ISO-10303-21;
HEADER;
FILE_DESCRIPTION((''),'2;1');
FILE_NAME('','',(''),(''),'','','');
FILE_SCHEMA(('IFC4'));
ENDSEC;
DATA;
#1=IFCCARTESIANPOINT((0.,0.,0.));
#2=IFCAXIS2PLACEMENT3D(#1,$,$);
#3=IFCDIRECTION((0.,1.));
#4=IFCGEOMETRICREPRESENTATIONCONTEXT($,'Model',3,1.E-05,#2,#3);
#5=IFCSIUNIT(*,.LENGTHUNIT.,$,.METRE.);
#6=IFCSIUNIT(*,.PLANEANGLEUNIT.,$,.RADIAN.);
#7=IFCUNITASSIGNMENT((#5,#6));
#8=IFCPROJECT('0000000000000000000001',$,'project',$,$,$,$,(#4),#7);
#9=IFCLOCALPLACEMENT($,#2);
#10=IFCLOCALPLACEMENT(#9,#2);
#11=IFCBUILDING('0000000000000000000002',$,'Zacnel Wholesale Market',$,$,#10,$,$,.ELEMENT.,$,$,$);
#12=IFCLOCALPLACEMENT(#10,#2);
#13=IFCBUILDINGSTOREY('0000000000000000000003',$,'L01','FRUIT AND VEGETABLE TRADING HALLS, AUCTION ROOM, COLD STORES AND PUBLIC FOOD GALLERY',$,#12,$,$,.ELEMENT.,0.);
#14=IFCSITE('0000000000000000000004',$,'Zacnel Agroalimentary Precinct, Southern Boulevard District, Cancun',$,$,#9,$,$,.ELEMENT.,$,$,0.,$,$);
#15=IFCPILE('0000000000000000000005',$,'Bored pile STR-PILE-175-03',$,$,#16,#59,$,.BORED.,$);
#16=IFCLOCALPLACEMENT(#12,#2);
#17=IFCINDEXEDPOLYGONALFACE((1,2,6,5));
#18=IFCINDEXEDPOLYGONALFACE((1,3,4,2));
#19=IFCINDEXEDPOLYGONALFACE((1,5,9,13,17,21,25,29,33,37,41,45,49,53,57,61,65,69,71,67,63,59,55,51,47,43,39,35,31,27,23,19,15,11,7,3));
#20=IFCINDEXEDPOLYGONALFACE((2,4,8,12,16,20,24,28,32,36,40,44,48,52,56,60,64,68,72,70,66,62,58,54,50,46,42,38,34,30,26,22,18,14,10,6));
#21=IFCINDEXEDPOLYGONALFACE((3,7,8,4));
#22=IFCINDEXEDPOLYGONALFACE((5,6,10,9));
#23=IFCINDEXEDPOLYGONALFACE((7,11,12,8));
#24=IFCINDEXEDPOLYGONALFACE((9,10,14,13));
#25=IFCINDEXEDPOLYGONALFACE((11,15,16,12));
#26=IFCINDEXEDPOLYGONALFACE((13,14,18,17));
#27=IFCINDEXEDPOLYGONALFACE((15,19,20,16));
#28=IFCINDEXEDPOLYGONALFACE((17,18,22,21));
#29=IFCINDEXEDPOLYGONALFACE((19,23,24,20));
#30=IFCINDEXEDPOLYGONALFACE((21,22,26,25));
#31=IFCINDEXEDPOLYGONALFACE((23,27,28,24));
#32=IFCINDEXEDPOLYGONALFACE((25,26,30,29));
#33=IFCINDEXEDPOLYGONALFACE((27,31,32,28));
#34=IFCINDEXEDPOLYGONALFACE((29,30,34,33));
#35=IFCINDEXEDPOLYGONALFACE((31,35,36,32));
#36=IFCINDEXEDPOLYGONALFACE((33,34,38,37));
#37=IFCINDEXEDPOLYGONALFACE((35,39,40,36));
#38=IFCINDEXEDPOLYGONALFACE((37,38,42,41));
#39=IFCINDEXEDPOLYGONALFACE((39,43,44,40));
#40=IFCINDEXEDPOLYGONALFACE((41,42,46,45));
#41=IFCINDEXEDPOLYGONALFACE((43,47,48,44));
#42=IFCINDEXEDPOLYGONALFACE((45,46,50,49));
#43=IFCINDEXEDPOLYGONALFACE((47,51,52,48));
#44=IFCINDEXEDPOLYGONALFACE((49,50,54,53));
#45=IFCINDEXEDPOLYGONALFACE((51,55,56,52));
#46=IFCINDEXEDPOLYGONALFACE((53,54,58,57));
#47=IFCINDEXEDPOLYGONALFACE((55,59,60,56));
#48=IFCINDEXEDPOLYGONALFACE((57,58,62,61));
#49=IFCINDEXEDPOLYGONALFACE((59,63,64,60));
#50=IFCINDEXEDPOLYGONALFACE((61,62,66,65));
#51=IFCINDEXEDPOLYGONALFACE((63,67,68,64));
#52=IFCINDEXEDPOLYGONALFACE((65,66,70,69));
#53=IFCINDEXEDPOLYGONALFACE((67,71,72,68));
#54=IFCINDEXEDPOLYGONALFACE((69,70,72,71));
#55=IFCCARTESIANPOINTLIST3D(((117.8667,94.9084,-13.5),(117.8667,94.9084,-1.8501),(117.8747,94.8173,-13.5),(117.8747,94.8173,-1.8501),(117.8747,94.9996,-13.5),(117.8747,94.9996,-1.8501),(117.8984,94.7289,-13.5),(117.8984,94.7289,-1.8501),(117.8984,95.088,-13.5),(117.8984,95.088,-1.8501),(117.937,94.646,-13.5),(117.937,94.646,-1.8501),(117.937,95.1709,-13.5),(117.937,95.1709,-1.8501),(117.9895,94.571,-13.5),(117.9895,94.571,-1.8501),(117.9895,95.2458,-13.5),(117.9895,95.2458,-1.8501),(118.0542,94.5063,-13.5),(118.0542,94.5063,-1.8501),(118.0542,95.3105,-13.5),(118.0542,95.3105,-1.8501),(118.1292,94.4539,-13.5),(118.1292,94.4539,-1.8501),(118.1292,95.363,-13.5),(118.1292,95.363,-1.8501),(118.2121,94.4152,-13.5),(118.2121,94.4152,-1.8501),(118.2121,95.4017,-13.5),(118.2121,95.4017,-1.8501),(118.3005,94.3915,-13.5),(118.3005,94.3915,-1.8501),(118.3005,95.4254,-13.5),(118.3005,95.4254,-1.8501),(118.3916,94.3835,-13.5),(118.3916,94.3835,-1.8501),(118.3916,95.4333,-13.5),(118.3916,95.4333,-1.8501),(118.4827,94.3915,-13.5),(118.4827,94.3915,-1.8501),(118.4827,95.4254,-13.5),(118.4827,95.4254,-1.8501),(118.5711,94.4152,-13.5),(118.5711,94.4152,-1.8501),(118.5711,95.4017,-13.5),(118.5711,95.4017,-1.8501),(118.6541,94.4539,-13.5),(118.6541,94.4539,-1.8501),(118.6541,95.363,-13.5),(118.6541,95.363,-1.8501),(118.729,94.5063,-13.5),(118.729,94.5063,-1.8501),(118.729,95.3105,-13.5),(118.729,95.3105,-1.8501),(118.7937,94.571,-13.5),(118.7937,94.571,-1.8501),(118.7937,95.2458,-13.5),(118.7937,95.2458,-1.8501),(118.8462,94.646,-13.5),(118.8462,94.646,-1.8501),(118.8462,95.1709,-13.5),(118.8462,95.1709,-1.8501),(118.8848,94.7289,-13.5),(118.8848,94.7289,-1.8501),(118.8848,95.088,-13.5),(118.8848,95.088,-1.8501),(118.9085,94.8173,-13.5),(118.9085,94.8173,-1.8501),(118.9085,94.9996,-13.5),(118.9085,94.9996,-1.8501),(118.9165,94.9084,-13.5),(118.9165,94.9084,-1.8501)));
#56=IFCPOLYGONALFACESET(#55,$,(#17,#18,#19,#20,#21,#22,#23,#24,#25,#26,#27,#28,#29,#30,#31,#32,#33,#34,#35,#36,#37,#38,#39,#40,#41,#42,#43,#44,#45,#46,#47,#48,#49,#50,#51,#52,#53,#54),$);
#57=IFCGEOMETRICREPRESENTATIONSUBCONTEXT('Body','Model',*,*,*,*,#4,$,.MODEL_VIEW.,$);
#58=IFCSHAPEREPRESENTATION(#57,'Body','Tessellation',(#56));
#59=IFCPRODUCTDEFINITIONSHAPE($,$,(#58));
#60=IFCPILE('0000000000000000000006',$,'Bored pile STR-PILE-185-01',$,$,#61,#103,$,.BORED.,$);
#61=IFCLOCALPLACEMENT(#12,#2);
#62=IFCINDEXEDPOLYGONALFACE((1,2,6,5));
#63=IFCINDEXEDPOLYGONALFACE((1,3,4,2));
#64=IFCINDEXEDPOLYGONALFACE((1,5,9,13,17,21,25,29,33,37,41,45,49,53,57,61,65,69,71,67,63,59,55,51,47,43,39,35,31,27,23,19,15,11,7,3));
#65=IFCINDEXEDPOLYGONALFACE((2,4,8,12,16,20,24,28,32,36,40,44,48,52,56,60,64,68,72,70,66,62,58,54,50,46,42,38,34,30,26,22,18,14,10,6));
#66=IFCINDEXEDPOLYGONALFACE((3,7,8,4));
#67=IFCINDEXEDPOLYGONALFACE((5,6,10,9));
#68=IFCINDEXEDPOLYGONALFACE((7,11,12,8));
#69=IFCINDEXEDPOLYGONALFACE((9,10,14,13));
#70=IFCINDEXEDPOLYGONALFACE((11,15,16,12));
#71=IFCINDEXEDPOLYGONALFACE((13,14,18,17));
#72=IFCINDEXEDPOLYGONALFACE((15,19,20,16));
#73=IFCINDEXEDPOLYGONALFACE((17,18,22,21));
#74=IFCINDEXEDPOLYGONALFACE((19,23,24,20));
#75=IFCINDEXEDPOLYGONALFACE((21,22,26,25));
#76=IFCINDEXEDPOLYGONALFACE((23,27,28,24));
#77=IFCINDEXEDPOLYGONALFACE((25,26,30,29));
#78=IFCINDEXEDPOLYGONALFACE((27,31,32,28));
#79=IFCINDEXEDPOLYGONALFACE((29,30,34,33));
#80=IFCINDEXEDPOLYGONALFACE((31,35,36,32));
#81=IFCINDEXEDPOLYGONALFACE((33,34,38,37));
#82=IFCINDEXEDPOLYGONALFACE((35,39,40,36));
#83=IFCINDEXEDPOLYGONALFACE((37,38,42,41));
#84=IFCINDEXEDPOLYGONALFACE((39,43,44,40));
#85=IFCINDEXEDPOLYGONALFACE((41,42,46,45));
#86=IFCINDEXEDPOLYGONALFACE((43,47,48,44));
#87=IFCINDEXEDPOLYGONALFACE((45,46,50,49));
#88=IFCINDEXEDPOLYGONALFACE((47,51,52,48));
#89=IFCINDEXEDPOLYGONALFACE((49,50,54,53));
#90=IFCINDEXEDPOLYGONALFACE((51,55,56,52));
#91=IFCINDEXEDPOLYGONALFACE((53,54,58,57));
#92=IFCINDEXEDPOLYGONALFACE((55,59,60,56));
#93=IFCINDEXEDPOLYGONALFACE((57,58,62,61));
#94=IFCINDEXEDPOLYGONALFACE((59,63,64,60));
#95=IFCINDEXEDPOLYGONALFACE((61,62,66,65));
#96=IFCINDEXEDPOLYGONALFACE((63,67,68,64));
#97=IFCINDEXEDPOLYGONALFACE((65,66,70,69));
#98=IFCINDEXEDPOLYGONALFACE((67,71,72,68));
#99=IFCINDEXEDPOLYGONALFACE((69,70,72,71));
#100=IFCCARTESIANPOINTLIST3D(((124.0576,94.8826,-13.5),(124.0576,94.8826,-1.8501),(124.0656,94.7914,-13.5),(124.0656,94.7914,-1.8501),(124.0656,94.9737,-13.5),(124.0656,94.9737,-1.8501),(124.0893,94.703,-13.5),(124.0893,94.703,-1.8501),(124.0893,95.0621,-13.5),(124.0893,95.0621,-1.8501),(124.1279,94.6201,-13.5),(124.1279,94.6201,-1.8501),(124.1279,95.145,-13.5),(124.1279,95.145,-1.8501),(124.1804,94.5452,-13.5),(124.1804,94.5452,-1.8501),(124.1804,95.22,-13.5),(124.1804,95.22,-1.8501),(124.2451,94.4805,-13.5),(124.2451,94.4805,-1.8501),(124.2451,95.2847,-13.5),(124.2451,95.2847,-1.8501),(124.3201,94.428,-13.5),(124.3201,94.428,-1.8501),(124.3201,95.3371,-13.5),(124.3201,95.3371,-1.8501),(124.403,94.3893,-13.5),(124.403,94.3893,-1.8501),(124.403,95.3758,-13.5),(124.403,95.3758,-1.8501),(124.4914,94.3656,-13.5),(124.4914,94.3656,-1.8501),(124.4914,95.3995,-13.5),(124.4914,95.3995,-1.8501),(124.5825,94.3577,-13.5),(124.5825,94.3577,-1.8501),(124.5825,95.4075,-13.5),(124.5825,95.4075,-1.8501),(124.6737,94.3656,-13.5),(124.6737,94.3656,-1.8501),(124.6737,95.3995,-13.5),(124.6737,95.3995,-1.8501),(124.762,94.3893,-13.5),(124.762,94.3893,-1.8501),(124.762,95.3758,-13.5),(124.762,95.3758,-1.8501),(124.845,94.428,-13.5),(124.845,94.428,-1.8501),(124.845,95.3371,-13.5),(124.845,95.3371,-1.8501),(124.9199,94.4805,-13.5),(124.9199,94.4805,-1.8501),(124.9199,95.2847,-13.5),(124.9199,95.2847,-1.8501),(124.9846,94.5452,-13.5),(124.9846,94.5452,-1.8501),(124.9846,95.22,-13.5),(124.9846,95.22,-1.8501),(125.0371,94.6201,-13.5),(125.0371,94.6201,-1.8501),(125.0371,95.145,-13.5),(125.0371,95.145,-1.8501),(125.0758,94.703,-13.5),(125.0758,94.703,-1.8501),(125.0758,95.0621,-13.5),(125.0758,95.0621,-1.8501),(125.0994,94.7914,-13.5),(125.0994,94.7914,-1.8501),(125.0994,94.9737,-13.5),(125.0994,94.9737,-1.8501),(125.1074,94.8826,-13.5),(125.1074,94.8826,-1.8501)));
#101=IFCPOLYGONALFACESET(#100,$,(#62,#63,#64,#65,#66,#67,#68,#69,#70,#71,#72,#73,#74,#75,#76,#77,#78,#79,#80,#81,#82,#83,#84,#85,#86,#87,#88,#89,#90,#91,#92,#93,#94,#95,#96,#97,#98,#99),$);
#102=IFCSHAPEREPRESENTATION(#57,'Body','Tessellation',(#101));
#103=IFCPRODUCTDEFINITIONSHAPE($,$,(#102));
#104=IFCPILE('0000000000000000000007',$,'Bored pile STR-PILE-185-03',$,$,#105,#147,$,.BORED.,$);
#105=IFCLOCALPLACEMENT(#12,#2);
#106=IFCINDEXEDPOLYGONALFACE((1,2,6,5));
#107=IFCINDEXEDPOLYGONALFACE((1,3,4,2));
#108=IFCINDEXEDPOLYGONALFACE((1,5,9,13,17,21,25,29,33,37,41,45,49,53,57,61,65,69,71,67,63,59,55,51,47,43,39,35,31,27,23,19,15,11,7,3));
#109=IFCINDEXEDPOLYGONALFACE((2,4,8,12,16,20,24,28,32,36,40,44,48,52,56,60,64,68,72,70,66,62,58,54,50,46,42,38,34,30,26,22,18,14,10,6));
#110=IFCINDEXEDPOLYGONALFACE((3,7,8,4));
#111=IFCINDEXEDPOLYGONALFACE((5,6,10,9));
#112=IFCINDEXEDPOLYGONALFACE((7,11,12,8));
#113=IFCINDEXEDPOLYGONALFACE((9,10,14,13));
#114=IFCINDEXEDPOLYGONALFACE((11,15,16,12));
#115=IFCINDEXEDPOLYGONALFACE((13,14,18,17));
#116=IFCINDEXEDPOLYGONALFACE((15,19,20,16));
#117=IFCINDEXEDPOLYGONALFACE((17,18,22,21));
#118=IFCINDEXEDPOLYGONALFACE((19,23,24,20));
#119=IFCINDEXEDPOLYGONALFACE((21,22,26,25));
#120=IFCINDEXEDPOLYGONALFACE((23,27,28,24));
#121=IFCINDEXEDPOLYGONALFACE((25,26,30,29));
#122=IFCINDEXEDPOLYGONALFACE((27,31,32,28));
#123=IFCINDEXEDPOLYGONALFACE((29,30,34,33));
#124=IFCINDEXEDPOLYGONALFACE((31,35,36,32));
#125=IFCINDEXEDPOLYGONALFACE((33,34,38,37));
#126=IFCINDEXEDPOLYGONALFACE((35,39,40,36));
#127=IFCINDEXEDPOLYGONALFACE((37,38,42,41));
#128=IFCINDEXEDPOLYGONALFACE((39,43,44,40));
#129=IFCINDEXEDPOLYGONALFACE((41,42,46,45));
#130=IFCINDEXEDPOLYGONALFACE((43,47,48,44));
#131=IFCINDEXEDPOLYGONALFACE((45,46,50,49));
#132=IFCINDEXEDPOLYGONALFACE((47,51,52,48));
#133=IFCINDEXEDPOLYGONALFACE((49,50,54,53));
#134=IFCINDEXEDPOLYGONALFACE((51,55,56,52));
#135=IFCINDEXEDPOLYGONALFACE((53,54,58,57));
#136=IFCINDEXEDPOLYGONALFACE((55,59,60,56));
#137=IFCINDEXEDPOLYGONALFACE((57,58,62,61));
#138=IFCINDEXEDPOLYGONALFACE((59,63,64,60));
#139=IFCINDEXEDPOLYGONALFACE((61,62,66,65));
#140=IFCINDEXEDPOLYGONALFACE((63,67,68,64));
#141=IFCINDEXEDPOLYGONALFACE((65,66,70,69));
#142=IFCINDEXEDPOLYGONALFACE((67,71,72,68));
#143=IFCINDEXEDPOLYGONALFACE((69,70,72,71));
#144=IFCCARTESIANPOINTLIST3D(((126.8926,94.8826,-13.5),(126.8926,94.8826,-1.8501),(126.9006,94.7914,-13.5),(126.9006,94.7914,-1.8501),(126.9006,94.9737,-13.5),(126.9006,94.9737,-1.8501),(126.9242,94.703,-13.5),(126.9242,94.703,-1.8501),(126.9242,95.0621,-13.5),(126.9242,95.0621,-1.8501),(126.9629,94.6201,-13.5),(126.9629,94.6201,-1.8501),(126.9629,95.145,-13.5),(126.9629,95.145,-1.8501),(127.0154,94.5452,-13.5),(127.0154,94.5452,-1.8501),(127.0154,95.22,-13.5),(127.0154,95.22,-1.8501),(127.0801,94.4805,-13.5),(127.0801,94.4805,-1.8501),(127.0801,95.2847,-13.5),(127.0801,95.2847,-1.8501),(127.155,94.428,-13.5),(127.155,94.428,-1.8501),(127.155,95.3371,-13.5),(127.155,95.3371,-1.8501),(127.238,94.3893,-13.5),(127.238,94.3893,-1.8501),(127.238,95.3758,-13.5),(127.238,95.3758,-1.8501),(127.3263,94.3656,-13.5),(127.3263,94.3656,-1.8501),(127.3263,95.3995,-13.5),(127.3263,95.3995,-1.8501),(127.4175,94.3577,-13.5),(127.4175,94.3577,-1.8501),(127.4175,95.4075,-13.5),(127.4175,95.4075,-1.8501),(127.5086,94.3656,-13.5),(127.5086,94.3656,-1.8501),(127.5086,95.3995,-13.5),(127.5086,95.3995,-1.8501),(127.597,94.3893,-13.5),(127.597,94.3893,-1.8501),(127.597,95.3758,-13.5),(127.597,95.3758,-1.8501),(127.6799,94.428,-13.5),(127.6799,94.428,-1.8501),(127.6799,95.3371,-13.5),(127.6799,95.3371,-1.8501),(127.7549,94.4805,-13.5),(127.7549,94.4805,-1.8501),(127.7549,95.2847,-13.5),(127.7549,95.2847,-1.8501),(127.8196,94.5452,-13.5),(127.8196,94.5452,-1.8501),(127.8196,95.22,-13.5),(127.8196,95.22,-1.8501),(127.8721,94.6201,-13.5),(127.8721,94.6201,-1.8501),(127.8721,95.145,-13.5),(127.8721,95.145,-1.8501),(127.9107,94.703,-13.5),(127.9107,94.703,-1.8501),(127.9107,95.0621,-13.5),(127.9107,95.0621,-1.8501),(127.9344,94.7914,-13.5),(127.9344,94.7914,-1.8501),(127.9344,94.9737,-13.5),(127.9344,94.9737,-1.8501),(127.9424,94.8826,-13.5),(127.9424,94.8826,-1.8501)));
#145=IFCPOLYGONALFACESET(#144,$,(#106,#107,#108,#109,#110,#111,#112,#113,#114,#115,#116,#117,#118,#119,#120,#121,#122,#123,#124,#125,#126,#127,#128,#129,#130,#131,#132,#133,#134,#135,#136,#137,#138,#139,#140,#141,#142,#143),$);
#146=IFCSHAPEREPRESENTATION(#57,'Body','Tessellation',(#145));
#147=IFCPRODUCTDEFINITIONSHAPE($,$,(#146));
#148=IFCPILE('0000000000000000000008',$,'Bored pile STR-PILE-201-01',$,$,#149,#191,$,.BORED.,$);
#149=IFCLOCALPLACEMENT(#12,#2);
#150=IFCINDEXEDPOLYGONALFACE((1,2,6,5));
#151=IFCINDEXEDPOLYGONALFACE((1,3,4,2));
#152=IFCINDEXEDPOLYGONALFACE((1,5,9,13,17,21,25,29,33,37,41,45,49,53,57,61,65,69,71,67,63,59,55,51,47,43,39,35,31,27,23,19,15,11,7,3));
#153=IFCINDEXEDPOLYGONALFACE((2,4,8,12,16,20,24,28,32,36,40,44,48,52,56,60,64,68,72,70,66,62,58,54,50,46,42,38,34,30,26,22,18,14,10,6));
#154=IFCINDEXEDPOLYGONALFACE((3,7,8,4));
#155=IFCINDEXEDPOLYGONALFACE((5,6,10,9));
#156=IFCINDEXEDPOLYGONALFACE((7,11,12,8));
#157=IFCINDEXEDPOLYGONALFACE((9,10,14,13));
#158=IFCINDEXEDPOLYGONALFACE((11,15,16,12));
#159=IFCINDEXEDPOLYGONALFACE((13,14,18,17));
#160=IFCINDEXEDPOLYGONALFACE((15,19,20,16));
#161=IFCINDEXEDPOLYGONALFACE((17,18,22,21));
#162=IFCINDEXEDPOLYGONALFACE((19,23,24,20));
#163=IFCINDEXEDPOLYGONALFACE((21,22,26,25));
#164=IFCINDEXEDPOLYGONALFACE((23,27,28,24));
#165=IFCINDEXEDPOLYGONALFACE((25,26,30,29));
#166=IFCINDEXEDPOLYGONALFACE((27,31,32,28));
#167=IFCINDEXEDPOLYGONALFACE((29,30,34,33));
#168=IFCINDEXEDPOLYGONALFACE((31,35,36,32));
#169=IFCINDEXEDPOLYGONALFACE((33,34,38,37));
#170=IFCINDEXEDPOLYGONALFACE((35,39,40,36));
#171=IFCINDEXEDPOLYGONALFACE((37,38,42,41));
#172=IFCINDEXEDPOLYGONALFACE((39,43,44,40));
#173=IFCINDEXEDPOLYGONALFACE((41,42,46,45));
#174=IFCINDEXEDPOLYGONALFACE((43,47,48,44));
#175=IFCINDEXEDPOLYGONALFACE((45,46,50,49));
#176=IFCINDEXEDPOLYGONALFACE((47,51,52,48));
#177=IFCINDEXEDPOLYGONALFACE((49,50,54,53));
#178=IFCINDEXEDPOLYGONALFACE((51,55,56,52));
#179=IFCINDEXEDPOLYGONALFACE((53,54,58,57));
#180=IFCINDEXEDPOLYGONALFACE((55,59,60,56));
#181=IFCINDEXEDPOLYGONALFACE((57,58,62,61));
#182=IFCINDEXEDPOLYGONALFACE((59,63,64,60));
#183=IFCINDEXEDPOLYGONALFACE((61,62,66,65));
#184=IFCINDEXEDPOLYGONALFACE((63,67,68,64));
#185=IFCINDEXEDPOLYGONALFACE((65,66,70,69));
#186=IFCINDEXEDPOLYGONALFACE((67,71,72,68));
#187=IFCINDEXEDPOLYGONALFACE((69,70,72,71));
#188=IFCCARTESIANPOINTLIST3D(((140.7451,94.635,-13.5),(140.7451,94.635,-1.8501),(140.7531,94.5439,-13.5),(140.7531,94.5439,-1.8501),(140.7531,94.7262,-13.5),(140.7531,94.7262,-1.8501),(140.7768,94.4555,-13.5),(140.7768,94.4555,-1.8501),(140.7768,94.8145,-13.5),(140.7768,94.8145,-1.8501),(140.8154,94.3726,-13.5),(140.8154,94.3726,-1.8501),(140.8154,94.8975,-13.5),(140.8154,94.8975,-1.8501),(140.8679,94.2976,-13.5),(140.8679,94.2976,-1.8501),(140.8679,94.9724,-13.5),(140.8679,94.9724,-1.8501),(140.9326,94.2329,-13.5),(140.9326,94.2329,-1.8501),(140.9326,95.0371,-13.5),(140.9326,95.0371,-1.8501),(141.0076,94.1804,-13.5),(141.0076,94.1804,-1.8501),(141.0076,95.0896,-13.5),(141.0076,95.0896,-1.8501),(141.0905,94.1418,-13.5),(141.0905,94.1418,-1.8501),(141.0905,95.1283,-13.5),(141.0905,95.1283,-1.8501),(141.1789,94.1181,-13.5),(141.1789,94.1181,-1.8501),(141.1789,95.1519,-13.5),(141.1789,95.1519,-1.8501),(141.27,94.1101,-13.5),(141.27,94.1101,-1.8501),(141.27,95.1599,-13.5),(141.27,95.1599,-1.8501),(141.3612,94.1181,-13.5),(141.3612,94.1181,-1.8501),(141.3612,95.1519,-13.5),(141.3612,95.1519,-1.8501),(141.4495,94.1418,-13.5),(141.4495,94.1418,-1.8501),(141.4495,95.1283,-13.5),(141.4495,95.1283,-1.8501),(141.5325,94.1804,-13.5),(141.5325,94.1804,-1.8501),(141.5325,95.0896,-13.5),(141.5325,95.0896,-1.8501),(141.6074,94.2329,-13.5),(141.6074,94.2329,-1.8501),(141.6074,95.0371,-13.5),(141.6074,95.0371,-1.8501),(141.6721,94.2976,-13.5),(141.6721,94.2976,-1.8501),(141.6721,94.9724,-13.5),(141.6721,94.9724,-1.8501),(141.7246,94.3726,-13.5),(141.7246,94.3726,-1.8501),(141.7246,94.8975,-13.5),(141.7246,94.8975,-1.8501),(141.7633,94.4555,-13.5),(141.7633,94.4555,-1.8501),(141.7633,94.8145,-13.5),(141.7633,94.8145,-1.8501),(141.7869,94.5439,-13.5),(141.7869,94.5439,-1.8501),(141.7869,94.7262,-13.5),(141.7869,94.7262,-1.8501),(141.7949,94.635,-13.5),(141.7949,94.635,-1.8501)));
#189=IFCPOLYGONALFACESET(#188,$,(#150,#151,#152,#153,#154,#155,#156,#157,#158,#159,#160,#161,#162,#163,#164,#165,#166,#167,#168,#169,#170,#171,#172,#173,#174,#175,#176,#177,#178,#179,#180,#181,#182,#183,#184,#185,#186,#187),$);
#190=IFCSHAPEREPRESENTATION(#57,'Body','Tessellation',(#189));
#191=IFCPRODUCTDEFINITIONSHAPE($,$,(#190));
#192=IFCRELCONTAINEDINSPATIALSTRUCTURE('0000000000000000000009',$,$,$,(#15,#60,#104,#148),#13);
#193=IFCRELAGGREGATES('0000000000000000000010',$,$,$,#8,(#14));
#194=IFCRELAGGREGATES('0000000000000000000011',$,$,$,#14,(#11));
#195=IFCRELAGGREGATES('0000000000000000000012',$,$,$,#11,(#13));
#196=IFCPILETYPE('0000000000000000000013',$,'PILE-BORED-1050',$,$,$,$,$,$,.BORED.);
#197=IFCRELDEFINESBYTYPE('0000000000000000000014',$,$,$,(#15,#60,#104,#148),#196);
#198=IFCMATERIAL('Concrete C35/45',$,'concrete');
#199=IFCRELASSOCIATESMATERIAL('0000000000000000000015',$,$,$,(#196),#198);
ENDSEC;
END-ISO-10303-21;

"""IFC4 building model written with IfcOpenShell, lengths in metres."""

from ifc_helpers import new_model, si_unit, direction, frame, origin, origin_2d, place, context, subcontext, project, spatial, circle, extrude, material, material_profile, profile_set, type_object, element, save


model = new_model("IFC4")

# Units and contexts
model_context = context("Model", 3, precision=1e-05, world=origin(), true_north=direction((0.0, 1.0)))
body_context = subcontext(model_context, "Body", "Model", "MODEL_VIEW")
ifc_project = project(units=[si_unit("LENGTHUNIT", "METRE"), si_unit("PLANEANGLEUNIT", "RADIAN")], contexts=[model_context])

# Site, building, storey
site_placement = place(None, origin())
site = spatial("IfcSite", under=ifc_project, at=site_placement, Name="Zacnel Agroalimentary Precinct, Southern Boulevard District, Cancun", CompositionType="ELEMENT", RefElevation=0.0)
building_placement = place(site_placement, origin())
building = spatial("IfcBuilding", under=site, at=building_placement, Name="Zacnel Wholesale Market", CompositionType="ELEMENT")
storey_placement = place(building_placement, origin())
storey = spatial("IfcBuildingStorey", under=building, at=storey_placement, Name="L01", Description="FRUIT AND VEGETABLE TRADING HALLS, AUCTION ROOM, COLD STORES AND PUBLIC FOOD GALLERY", CompositionType="ELEMENT", Elevation=0.0)

# Piles
ifc_material_1 = material(Name="Concrete C35/45", Category="concrete")
ifc_material_profile_1 = material_profile(ifc_material_1, circle(Radius=0.5249, at=origin_2d()), Name="BORED PILE D1050")
ifc_profile_set_1 = profile_set([ifc_material_profile_1], Name="Concrete C35/45")
pile_type_1 = type_object("IfcPileType", Name="PILE-BORED-1050", PredefinedType="BORED", material=ifc_profile_set_1)
for number, where, z_axis, x_axis, name in (
    (1, (118.3916, 94.9084, -1.8501), (0.0, 0.0, -1.0), (1.0, 0.0, 0.0), "Bored pile STR-PILE-175-03"),
    (2, (124.5825, 94.8826, -1.8501), (0.0, 0.0, -1.0), (1.0, 0.0, 0.0), "Bored pile STR-PILE-185-01"),
    (3, (127.4175, 94.8826, -1.8501), (0.0, 0.0, -1.0), (1.0, 0.0, 0.0), "Bored pile STR-PILE-185-03"),
    (4, (141.27, 94.635, -1.8501), (0.0, 0.0, -1.0), (1.0, 0.0, 0.0), "Bored pile STR-PILE-201-01"),
):
    element("IfcPile", number, at=place(storey_placement, frame(where, z_axis=z_axis, x_axis=x_axis)), inside=storey, type_object=pile_type_1, Name=name, PredefinedType="BORED", context=body_context, shape_type="SweptSolid", body=[
        extrude(circle(Radius=0.5249, at=origin_2d()), origin(), (0.0, 0.0, 1.0), 11.6499),
    ])

save(model, "model.ifc")
